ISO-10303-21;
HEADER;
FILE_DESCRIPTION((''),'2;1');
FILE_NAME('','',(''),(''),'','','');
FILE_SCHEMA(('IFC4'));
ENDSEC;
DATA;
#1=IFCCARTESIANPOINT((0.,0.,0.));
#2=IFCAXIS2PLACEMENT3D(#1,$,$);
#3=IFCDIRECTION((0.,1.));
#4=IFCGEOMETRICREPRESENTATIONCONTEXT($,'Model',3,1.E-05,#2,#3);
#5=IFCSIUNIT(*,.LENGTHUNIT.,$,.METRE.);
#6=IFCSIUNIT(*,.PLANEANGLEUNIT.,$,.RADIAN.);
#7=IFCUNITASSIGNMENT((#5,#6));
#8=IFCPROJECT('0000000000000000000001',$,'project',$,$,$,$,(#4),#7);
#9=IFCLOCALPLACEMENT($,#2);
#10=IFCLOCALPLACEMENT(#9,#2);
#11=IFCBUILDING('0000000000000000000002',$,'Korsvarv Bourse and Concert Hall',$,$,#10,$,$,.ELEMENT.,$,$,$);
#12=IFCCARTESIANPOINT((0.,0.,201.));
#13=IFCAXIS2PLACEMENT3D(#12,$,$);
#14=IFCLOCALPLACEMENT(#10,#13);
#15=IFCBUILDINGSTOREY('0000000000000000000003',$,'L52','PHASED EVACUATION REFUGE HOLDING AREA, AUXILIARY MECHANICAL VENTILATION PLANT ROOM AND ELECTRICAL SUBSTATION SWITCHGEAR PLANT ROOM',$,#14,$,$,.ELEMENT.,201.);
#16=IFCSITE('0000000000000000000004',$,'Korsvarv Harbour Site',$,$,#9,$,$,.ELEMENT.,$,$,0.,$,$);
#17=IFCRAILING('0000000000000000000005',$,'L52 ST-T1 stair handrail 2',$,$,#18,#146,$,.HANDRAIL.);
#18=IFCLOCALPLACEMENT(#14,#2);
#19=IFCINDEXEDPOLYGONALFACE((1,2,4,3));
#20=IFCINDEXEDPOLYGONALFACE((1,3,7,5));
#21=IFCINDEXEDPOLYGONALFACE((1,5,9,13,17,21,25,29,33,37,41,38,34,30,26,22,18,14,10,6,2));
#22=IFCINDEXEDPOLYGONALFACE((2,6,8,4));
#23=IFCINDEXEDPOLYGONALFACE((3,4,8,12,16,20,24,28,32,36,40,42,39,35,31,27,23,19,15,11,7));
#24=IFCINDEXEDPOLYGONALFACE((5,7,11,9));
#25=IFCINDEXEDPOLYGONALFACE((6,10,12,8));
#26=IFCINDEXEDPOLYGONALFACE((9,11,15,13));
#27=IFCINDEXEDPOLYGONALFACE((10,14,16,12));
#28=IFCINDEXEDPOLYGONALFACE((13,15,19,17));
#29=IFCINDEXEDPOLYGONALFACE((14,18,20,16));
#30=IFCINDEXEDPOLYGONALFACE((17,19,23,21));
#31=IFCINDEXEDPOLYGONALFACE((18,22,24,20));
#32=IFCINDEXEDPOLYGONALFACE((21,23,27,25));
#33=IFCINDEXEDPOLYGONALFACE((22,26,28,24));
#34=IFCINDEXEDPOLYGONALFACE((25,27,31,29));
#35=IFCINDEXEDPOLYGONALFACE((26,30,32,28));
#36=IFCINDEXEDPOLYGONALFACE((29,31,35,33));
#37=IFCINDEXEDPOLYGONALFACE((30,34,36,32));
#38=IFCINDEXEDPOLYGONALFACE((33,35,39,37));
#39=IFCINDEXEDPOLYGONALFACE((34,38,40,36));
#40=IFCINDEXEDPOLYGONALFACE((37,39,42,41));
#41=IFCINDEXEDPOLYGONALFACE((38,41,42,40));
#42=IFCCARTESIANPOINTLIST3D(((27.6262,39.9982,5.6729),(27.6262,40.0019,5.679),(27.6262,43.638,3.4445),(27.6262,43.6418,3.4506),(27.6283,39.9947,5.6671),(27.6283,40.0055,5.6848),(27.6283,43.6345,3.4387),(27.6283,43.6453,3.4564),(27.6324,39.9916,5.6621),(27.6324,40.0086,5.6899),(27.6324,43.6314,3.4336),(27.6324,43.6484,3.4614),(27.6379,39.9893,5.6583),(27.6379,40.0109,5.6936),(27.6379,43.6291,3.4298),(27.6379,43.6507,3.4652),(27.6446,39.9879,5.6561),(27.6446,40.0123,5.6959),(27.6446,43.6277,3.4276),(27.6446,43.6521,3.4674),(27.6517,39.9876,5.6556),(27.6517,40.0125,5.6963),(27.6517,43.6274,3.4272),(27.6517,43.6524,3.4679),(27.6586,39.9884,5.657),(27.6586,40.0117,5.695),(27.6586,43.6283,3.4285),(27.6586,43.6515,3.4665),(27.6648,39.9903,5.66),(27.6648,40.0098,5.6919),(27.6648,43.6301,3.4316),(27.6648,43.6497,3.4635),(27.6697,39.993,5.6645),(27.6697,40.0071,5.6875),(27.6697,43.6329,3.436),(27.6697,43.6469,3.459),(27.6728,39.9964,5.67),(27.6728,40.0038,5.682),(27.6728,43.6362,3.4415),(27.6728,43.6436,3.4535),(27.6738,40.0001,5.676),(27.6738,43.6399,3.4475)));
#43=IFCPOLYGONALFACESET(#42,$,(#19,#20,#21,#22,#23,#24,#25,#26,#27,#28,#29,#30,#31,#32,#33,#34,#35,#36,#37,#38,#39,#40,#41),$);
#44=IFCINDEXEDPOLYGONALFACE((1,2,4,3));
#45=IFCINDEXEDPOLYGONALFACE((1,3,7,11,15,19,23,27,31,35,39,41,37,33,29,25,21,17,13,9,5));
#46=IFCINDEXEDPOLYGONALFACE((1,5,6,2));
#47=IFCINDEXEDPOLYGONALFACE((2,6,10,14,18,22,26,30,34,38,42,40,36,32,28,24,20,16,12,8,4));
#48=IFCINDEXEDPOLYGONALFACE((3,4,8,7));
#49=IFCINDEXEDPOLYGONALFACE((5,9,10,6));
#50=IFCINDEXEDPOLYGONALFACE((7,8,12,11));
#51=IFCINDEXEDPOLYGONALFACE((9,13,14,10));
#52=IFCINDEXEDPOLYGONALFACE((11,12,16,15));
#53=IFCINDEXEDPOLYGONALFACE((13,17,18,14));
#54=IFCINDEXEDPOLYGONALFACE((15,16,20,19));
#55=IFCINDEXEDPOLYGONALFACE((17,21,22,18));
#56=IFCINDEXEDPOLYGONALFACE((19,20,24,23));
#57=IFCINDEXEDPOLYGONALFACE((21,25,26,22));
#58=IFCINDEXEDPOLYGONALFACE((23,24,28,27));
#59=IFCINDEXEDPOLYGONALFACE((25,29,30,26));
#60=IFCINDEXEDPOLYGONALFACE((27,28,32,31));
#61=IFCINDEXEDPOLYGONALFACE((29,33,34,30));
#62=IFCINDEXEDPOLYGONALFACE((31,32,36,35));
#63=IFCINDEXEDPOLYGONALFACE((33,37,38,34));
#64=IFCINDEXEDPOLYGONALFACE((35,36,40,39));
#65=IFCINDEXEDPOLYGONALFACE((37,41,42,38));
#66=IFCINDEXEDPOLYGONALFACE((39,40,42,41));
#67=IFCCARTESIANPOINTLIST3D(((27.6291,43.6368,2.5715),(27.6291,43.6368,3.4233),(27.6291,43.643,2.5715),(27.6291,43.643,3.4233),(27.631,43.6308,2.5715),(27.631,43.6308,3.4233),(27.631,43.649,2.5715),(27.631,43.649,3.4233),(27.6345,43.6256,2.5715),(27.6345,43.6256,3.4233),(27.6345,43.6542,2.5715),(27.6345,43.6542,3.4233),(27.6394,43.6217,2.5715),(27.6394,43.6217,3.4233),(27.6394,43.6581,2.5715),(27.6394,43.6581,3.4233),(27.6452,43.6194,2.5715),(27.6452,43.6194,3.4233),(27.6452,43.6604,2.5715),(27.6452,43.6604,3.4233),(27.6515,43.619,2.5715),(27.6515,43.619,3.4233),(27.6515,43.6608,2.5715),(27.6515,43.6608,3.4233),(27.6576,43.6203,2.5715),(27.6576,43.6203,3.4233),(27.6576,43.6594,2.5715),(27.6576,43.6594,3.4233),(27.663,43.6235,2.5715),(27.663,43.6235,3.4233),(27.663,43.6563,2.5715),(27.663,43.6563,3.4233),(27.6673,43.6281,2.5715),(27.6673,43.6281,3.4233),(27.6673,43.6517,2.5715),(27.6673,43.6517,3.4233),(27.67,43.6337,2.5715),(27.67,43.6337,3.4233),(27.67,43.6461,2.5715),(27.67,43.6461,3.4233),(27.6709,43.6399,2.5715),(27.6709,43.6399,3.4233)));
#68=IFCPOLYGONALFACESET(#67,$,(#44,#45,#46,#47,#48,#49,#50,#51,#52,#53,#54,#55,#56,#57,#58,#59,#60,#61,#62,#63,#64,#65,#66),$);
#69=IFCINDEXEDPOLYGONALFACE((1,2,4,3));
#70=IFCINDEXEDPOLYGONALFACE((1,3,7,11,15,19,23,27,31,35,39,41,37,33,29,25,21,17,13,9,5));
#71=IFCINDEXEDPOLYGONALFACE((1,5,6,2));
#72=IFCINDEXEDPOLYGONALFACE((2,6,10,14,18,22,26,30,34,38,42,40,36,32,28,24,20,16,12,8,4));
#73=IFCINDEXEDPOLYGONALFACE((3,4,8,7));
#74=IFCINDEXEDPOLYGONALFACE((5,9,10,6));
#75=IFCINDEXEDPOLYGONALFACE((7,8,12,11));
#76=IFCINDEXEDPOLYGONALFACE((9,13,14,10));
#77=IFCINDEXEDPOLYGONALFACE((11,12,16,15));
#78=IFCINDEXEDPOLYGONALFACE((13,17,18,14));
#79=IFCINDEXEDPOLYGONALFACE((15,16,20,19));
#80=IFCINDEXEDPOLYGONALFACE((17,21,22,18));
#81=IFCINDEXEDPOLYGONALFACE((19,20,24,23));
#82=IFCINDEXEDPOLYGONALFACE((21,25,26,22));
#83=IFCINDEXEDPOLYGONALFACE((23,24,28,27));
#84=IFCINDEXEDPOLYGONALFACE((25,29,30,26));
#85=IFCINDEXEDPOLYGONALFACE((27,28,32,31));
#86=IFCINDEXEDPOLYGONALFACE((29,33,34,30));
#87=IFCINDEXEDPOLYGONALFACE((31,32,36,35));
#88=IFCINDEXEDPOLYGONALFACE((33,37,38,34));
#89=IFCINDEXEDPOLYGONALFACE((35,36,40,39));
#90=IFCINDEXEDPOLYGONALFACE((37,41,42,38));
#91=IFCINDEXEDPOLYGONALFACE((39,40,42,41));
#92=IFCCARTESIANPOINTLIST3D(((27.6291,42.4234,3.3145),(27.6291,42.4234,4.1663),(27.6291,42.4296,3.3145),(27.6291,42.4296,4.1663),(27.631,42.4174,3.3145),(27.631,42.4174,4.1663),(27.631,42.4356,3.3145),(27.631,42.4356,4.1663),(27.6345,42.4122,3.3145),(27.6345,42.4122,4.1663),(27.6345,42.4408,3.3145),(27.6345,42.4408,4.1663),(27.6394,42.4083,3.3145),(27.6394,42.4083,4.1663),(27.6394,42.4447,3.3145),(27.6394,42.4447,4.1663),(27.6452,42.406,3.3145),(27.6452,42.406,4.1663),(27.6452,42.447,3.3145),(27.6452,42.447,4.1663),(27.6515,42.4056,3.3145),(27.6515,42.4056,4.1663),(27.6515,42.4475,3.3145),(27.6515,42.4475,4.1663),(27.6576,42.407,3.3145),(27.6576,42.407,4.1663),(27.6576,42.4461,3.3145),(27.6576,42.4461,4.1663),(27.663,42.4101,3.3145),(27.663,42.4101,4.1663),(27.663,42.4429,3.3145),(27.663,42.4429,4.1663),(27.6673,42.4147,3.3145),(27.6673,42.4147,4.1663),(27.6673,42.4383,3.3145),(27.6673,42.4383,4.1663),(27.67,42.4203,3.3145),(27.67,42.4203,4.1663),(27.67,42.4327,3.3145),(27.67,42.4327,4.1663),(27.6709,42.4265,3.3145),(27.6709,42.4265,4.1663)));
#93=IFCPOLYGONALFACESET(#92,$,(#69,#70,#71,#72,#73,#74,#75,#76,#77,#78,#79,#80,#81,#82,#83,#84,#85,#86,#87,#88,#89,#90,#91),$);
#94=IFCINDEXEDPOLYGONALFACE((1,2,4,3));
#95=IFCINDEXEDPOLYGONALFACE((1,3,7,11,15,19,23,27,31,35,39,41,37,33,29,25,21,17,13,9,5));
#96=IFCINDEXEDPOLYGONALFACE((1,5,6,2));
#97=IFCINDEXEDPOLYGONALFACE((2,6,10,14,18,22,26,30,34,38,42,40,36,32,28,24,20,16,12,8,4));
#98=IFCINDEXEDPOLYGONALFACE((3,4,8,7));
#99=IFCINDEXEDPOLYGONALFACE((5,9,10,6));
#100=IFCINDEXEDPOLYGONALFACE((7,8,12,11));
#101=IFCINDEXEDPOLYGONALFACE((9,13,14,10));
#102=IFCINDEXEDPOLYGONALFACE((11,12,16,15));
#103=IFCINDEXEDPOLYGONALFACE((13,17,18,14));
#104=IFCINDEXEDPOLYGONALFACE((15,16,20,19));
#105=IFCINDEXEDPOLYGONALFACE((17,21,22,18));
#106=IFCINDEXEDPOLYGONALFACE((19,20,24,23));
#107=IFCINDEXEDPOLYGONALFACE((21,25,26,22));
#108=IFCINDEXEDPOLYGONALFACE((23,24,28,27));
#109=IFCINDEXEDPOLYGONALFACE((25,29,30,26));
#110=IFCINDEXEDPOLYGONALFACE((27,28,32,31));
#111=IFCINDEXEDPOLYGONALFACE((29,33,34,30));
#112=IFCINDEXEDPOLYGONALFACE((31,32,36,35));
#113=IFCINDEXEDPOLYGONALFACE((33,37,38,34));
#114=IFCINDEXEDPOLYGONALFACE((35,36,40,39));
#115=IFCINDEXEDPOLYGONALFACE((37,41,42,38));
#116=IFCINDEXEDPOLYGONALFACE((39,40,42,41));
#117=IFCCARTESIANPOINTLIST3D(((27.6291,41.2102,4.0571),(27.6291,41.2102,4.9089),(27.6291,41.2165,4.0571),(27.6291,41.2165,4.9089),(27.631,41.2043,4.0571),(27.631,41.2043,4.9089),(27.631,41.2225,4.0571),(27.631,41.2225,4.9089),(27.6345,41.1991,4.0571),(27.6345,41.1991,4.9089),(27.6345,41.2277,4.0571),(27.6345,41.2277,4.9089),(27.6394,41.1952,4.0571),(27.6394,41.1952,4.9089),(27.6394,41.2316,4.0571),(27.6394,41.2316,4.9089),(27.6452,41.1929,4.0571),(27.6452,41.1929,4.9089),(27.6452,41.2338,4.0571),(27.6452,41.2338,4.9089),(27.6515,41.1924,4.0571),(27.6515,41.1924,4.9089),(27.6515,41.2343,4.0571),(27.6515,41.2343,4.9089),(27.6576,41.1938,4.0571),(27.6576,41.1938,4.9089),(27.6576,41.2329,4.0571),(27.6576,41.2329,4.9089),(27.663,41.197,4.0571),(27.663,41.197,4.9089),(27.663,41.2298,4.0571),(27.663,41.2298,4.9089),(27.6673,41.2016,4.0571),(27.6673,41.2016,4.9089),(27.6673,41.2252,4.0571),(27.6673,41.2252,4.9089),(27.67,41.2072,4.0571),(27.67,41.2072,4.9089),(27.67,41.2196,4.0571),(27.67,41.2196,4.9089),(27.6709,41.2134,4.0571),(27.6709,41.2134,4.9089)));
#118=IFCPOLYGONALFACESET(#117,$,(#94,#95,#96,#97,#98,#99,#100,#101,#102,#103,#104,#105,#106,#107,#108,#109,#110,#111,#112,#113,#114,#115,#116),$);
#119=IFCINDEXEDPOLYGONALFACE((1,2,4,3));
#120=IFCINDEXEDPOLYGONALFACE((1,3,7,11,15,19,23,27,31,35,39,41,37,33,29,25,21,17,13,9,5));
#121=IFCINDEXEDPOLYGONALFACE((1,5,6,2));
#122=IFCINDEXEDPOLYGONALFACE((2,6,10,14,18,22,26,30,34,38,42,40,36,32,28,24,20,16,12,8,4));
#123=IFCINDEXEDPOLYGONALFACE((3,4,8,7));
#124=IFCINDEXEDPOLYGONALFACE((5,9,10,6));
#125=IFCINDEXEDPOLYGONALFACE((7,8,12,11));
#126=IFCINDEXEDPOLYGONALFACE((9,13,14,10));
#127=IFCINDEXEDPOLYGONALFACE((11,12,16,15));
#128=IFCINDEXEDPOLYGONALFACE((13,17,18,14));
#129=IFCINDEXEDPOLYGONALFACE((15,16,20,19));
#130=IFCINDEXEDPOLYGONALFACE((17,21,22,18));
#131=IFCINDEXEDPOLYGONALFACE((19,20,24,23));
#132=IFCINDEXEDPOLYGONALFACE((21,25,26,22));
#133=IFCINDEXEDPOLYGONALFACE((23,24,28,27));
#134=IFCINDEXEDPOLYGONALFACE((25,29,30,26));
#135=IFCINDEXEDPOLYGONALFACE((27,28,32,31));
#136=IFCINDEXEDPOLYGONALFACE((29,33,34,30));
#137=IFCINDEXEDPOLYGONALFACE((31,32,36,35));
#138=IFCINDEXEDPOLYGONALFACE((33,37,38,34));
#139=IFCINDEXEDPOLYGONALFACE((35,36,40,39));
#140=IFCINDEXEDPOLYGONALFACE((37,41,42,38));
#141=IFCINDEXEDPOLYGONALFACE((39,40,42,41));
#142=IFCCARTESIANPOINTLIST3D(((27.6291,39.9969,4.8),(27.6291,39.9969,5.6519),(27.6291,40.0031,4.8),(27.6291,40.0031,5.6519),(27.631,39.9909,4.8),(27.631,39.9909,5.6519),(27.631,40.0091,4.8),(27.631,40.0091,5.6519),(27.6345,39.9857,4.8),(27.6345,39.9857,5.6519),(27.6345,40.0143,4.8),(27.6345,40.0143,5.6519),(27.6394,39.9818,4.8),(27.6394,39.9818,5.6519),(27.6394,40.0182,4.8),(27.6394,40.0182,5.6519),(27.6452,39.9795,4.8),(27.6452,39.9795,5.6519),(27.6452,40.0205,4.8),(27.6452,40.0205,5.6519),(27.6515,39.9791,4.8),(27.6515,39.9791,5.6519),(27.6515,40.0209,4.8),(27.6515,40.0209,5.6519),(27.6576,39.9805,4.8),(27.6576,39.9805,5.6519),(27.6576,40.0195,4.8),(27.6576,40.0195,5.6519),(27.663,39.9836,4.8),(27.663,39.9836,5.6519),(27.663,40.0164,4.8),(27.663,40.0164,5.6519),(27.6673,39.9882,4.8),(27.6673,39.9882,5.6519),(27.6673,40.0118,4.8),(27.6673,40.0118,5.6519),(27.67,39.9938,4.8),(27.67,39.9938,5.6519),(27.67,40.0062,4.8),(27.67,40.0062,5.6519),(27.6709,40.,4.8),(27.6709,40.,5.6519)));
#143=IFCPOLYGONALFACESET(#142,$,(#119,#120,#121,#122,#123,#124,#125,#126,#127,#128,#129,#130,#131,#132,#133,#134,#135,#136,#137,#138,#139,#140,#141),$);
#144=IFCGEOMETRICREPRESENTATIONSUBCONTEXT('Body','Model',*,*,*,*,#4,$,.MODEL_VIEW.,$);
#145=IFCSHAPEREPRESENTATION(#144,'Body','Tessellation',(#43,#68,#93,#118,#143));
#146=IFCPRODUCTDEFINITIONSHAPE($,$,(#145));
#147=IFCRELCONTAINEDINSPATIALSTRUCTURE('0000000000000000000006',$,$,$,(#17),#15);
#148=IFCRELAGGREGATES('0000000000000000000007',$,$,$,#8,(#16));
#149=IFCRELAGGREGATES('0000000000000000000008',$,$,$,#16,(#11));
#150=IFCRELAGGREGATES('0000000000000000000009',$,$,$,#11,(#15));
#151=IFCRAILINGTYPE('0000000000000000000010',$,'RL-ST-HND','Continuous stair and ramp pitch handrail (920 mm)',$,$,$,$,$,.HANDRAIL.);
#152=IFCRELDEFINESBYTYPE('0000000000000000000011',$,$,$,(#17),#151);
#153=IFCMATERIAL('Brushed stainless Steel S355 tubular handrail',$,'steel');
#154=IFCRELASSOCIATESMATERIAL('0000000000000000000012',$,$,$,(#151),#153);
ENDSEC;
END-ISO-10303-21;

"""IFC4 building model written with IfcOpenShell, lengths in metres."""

from ifc_helpers import new_model, si_unit, direction, frame, origin, origin_2d, place, context, subcontext, project, spatial, circle, extrude, material, type_object, element, save


model = new_model("IFC4")

# Units and contexts
model_context = context("Model", 3, precision=1e-05, world=origin(), true_north=direction((0.0, 1.0)))
body_context = subcontext(model_context, "Body", "Model", "MODEL_VIEW")
ifc_project = project(units=[si_unit("LENGTHUNIT", "METRE"), si_unit("PLANEANGLEUNIT", "RADIAN")], contexts=[model_context])

# Site, building, storey
site_placement = place(None, origin())
site = spatial("IfcSite", under=ifc_project, at=site_placement, Name="Korsvarv Harbour Site", CompositionType="ELEMENT", RefElevation=0.0)
building_placement = place(site_placement, origin())
building = spatial("IfcBuilding", under=site, at=building_placement, Name="Korsvarv Bourse and Concert Hall", CompositionType="ELEMENT")
storey_placement = place(building_placement, frame((0.0, 0.0, 201.0)))
storey = spatial("IfcBuildingStorey", under=building, at=storey_placement, Name="L52", Description="PHASED EVACUATION REFUGE HOLDING AREA, AUXILIARY MECHANICAL VENTILATION PLANT ROOM AND ELECTRICAL SUBSTATION SWITCHGEAR PLANT ROOM", CompositionType="ELEMENT", Elevation=201.0)

# Railing
ifc_material_1 = material(Name="Brushed stainless Steel S355 tubular handrail", Category="steel")
railing_type_1 = type_object("IfcRailingType", Name="RL-ST-HND", Description="Continuous stair and ramp pitch handrail (920 mm)", PredefinedType="HANDRAIL", material=ifc_material_1)
railing_1_placement = place(storey_placement, frame((27.6499, 43.6399, 2.5715)))
element("IfcRailing", 1, at=railing_1_placement, inside=storey, type_object=railing_type_1, Name="L52 ST-T1 stair handrail 2", PredefinedType="HANDRAIL", context=body_context, shape_type="SweptSolid", body=[
    extrude(circle(Radius=0.0239, at=origin_2d()), frame((0.0, 0.0, 0.876), z_axis=(0.0, -0.85285, 0.522156), x_axis=(1.0, 0.0, 0.0)), (0.0, 0.0, 1.0), 4.2678),
    extrude(circle(Radius=0.021, at=origin_2d()), origin(), (0.0, 0.0, 1.0), 0.8518),
    extrude(circle(Radius=0.021, at=origin_2d()), frame((0.0, -1.2134, 0.7429)), (0.0, 0.0, 1.0), 0.8518),
    extrude(circle(Radius=0.021, at=origin_2d()), frame((0.0, -2.4265, 1.4856)), (0.0, 0.0, 1.0), 0.8518),
    extrude(circle(Radius=0.021, at=origin_2d()), frame((0.0, -3.6399, 2.2285)), (0.0, 0.0, 1.0), 0.8518),
])

save(model, "model.ifc")
